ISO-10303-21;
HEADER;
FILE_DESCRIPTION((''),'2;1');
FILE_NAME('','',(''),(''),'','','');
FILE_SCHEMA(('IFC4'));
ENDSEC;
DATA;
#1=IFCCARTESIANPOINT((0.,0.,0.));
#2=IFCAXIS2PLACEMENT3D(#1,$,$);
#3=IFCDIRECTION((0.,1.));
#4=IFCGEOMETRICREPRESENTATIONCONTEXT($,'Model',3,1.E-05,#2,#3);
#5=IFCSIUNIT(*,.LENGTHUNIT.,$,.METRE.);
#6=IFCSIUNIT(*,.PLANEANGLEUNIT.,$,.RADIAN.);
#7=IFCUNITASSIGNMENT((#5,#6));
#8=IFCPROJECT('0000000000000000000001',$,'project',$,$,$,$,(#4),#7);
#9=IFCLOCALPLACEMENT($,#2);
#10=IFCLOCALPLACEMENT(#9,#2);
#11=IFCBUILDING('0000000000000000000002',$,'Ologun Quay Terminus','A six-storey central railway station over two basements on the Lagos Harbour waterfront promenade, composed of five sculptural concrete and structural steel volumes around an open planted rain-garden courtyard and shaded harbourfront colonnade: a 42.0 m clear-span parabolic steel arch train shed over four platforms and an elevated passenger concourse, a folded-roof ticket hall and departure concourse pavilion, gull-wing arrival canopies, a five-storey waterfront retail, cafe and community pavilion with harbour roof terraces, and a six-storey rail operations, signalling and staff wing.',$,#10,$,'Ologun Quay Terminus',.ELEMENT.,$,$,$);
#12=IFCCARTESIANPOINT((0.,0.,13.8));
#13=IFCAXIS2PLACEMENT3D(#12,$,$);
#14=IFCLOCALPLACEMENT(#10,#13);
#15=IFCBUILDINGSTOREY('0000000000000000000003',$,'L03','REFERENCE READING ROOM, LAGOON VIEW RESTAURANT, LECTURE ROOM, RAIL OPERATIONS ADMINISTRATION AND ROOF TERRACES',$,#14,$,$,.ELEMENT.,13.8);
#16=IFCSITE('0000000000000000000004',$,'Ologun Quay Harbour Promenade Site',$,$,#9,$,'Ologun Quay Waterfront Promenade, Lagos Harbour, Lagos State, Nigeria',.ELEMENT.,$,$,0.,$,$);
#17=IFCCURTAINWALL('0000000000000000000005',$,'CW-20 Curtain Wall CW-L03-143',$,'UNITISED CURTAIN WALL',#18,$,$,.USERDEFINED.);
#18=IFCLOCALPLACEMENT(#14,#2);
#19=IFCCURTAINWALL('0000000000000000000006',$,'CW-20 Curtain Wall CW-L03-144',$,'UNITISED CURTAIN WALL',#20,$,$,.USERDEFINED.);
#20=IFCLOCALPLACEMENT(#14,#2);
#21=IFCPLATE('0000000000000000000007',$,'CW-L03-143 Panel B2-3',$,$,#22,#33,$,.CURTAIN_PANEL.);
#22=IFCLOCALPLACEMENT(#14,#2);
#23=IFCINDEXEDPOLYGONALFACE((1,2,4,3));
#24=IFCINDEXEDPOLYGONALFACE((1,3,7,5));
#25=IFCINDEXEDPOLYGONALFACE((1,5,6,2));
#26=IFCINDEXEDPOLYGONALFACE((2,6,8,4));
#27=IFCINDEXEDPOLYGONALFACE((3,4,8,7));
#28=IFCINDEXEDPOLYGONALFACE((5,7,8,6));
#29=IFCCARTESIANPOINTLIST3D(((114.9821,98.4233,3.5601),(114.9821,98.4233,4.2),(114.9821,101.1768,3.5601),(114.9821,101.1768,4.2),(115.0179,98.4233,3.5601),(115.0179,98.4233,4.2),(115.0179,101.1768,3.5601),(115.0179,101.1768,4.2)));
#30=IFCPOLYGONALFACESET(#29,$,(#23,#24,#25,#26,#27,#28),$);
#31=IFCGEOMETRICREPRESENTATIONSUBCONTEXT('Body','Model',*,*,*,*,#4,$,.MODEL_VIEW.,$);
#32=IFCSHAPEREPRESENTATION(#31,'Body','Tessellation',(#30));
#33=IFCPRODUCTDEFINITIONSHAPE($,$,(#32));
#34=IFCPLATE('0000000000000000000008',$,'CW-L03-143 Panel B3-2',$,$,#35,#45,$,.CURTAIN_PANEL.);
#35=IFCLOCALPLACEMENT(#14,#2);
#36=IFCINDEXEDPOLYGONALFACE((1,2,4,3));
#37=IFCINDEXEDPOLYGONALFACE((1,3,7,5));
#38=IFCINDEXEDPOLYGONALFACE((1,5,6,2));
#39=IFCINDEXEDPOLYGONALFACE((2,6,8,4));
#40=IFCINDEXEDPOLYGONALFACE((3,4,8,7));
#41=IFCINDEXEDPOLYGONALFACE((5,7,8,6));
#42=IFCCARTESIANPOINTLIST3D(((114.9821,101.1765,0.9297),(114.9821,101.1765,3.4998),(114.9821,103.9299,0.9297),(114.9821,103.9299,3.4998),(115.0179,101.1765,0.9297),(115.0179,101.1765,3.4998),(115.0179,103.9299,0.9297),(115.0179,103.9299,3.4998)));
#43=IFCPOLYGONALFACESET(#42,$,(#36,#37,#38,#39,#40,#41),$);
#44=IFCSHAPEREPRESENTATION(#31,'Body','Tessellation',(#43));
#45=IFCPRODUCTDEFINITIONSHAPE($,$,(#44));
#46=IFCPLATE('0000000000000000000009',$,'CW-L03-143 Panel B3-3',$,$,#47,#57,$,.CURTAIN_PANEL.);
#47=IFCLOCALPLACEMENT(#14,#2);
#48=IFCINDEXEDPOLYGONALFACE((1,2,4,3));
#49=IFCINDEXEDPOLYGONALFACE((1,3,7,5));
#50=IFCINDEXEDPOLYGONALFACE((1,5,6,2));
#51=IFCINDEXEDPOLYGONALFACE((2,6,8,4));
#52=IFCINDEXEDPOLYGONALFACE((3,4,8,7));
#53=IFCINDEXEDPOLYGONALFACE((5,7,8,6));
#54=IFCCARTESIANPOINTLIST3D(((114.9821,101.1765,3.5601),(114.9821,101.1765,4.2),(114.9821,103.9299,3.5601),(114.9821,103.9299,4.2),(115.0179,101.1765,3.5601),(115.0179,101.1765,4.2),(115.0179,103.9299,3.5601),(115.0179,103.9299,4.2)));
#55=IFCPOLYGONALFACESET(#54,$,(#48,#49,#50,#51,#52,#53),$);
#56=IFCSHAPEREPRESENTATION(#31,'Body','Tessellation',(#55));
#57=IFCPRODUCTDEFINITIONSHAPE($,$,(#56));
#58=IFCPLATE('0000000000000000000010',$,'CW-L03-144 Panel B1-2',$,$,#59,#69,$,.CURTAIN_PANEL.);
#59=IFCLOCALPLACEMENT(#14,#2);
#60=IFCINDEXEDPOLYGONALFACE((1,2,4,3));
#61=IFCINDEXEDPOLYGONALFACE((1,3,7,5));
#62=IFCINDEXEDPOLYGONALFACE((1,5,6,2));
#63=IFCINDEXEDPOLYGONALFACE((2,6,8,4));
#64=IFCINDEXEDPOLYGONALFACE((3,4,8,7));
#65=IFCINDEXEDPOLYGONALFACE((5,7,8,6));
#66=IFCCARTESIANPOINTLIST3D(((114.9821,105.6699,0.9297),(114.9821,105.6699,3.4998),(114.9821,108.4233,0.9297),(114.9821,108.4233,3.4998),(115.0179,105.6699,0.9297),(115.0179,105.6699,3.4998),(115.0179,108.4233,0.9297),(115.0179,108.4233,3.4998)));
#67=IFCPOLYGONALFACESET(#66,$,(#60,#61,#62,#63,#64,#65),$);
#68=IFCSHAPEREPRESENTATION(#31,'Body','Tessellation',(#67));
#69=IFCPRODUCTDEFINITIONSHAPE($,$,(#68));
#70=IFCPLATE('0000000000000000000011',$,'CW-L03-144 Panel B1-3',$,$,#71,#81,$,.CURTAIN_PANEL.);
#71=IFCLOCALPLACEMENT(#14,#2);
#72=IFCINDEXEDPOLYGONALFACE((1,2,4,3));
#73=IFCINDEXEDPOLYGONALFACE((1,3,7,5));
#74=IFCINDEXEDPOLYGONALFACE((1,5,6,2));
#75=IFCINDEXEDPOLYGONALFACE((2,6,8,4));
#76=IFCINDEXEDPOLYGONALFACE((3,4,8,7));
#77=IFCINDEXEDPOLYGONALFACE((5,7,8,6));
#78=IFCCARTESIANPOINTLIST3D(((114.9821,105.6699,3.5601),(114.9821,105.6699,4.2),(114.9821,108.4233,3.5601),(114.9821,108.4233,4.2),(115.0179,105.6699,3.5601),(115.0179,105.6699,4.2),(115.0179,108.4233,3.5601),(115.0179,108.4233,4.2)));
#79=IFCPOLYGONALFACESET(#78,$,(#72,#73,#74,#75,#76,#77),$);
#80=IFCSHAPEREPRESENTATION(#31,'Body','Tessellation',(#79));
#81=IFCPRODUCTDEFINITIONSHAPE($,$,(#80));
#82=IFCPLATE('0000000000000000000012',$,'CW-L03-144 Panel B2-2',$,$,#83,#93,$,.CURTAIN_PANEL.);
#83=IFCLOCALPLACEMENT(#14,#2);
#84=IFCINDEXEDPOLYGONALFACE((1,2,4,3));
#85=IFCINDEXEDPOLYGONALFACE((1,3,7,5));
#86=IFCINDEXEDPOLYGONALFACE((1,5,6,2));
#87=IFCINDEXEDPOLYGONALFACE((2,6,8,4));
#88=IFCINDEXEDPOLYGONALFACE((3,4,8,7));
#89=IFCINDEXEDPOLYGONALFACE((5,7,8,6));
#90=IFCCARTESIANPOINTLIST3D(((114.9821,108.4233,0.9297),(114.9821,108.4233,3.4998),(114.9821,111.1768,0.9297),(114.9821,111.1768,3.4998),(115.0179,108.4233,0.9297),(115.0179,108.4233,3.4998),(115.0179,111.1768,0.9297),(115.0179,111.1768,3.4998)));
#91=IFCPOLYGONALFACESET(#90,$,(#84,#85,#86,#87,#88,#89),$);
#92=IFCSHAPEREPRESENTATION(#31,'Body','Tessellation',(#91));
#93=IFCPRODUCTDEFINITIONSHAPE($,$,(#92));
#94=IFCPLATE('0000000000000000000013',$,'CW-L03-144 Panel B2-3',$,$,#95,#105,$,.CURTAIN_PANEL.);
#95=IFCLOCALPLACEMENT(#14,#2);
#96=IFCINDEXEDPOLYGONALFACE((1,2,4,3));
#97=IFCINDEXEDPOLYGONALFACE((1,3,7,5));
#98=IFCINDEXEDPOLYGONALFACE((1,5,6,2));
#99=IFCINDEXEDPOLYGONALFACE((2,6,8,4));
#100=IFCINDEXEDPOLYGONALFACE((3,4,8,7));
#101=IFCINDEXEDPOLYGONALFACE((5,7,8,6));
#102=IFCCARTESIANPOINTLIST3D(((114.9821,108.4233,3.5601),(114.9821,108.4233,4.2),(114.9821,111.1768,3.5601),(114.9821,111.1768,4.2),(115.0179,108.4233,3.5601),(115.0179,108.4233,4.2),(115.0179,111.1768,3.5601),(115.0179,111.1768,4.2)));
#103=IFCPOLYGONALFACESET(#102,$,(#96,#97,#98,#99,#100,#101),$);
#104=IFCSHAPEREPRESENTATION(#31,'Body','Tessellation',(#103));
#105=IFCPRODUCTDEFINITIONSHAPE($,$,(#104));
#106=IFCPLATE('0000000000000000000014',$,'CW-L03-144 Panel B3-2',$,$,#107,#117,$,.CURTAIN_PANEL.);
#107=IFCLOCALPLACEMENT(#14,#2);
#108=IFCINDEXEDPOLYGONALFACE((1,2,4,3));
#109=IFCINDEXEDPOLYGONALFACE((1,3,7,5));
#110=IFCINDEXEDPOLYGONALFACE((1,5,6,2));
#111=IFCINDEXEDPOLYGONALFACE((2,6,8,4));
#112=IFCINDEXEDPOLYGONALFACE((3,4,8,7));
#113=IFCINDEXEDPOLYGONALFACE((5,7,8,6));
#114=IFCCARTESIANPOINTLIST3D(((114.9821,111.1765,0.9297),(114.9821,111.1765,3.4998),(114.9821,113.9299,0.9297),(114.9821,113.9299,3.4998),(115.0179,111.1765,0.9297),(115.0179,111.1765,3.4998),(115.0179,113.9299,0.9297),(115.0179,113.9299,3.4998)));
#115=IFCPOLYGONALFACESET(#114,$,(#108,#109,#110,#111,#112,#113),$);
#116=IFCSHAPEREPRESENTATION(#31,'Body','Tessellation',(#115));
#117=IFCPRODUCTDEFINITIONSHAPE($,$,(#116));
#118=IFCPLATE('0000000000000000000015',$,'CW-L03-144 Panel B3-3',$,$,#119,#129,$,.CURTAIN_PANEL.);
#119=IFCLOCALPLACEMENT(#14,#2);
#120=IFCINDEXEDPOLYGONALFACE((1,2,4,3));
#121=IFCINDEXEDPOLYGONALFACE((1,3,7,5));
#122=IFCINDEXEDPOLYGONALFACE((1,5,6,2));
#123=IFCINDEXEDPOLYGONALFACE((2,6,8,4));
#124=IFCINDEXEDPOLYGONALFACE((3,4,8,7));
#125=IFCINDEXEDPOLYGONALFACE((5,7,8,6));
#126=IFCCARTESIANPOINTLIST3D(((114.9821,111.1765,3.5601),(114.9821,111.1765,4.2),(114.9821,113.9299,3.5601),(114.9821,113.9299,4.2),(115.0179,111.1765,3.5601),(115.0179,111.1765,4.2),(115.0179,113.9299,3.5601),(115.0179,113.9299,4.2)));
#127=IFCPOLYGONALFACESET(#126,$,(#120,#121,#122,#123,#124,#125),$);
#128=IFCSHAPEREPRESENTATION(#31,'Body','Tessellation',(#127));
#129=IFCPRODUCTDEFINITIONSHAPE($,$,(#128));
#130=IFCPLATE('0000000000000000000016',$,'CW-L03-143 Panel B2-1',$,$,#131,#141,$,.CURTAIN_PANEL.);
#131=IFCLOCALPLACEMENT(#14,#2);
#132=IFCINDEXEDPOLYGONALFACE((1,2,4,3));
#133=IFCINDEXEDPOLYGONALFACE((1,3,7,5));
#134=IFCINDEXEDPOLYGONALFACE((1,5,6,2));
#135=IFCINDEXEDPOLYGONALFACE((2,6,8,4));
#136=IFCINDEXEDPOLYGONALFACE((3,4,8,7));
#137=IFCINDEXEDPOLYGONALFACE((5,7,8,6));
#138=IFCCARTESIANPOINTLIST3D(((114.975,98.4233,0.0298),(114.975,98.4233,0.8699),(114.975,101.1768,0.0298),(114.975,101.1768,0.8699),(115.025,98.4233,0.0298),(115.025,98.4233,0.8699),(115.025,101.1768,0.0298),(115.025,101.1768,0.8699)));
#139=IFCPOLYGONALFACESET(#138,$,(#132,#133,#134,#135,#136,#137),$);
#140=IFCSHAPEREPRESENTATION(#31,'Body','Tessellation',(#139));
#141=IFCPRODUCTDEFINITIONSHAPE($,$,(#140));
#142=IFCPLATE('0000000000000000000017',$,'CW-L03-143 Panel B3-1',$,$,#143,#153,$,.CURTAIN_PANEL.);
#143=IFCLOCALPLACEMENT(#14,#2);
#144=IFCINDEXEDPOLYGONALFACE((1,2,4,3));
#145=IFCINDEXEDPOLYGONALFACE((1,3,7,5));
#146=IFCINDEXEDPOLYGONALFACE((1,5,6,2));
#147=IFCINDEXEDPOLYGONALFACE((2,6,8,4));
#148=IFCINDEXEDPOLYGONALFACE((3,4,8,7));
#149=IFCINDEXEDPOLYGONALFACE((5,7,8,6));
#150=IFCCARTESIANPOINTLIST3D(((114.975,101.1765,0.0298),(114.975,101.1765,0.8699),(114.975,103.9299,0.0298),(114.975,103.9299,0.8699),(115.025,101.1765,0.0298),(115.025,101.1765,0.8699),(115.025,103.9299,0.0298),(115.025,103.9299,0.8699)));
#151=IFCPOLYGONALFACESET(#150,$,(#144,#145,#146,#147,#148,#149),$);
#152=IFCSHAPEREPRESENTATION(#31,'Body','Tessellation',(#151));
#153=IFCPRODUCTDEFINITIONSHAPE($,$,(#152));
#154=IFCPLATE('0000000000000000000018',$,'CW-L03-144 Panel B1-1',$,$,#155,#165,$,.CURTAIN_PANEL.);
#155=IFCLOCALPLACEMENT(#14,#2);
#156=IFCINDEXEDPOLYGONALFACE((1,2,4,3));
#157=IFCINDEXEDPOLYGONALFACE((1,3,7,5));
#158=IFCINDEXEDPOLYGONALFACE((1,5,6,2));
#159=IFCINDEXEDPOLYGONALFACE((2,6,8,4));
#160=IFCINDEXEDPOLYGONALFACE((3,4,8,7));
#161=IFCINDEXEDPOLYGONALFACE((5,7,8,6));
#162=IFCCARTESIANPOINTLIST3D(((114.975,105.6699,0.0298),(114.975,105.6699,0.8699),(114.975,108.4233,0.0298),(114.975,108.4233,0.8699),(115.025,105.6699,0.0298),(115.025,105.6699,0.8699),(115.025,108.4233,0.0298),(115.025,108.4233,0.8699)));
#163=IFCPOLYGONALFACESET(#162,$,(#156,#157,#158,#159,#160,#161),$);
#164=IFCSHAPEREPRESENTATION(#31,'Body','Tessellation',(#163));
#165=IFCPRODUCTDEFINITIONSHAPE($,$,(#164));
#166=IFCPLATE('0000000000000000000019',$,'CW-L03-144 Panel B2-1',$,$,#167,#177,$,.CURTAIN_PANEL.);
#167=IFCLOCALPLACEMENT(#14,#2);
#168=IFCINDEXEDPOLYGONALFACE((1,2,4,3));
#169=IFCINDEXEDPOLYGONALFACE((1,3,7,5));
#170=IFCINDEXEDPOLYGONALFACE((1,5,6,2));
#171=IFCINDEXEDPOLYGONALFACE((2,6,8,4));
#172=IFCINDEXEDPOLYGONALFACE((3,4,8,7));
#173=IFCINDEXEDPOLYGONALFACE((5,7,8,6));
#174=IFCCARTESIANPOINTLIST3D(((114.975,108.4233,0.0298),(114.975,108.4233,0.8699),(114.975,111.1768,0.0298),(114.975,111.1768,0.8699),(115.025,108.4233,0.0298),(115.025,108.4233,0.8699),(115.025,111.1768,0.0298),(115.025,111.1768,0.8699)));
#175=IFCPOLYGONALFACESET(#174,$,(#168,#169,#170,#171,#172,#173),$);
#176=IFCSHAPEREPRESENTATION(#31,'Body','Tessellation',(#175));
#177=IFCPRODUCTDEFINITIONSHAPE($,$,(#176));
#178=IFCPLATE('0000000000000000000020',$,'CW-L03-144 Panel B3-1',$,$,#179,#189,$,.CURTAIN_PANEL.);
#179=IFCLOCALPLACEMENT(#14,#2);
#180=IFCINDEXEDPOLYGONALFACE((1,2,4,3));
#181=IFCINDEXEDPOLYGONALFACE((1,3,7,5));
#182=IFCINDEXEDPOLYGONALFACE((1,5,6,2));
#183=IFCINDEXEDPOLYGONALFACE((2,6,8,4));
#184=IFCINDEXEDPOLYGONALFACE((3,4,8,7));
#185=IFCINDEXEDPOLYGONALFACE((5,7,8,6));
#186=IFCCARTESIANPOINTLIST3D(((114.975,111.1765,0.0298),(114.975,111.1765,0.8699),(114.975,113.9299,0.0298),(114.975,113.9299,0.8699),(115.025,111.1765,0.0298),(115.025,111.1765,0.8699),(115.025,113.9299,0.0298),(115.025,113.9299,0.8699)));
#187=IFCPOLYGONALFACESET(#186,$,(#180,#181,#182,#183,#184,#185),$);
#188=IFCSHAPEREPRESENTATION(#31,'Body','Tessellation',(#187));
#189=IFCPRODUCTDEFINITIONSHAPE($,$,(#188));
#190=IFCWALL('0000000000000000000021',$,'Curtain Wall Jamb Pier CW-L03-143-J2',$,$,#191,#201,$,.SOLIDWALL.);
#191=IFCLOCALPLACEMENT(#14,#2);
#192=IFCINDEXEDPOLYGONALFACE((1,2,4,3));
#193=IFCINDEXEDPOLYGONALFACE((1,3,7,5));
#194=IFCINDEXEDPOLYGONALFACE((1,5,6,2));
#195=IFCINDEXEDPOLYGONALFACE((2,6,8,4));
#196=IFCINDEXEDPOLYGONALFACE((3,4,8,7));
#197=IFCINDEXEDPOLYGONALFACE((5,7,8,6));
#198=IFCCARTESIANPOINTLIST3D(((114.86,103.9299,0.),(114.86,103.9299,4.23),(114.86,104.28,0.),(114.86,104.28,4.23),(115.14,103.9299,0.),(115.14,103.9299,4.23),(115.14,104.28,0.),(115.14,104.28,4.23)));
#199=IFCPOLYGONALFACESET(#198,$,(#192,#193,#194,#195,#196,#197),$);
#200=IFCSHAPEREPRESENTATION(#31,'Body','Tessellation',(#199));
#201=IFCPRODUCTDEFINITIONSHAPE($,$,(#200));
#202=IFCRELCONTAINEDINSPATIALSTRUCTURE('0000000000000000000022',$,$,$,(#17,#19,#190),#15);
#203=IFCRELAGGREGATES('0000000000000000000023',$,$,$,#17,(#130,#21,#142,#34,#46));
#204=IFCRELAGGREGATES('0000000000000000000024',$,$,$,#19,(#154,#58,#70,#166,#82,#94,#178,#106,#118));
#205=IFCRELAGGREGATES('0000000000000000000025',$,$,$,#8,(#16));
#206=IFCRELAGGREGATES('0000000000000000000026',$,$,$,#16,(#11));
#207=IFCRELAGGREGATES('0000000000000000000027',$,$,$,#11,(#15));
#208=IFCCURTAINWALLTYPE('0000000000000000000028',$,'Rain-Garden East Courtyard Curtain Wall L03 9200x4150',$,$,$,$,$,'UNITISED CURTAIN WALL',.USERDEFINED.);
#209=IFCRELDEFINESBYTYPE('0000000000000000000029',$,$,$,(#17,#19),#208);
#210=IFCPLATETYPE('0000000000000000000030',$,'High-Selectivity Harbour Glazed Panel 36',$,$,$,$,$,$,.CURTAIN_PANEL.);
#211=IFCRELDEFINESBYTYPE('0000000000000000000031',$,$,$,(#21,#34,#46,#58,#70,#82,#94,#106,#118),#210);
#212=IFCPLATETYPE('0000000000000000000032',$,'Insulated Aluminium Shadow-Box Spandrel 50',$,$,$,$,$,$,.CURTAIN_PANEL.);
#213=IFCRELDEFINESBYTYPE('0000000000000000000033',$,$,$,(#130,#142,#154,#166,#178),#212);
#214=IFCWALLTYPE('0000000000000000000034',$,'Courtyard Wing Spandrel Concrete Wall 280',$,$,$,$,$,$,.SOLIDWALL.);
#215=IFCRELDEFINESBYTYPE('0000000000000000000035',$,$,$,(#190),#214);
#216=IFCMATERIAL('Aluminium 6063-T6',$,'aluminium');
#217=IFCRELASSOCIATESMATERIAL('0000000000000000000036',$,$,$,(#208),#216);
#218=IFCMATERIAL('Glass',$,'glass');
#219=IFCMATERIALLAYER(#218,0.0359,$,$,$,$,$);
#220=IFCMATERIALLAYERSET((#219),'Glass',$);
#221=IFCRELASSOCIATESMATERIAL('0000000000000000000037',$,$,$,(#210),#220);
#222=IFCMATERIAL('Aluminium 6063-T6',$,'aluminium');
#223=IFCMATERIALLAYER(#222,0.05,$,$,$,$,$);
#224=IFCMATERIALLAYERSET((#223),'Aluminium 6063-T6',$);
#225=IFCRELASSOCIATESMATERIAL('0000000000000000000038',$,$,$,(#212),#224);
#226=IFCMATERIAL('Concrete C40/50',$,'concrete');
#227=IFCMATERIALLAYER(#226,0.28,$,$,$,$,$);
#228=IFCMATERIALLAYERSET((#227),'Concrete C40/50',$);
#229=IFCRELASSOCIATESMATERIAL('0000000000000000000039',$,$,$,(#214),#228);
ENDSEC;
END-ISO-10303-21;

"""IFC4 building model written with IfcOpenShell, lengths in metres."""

from ifc_helpers import new_model, si_unit, direction, frame, frame_2d, origin, origin_2d, place, context, subcontext, project, spatial, rectangle, extrude, material, layer, layer_set, type_object, element, aggregate, save


model = new_model("IFC4")

# Units and contexts
model_context = context("Model", 3, precision=1e-05, world=origin(), true_north=direction((0.0, 1.0)))
body_context = subcontext(model_context, "Body", "Model", "MODEL_VIEW")
ifc_project = project(units=[si_unit("LENGTHUNIT", "METRE"), si_unit("PLANEANGLEUNIT", "RADIAN")], contexts=[model_context])

# Site, building, storey
site_placement = place(None, origin())
site = spatial("IfcSite", under=ifc_project, at=site_placement, Name="Ologun Quay Harbour Promenade Site", LongName="Ologun Quay Waterfront Promenade, Lagos Harbour, Lagos State, Nigeria", CompositionType="ELEMENT", RefElevation=0.0)
building_placement = place(site_placement, origin())
building = spatial("IfcBuilding", under=site, at=building_placement, Name="Ologun Quay Terminus", Description="A six-storey central railway station over two basements on the Lagos Harbour waterfront promenade, composed of five sculptural concrete and structural steel volumes around an open planted rain-garden courtyard and shaded harbourfront colonnade: a 42.0 m clear-span parabolic steel arch train shed over four platforms and an elevated passenger concourse, a folded-roof ticket hall and departure concourse pavilion, gull-wing arrival canopies, a five-storey waterfront retail, cafe and community pavilion with harbour roof terraces, and a six-storey rail operations, signalling and staff wing.", LongName="Ologun Quay Terminus", CompositionType="ELEMENT")
storey_placement = place(building_placement, frame((0.0, 0.0, 13.8)))
storey = spatial("IfcBuildingStorey", under=building, at=storey_placement, Name="L03", Description="REFERENCE READING ROOM, LAGOON VIEW RESTAURANT, LECTURE ROOM, RAIL OPERATIONS ADMINISTRATION AND ROOF TERRACES", CompositionType="ELEMENT", Elevation=13.8)

# Curtain walls
ifc_material_1 = material(Name="Aluminium 6063-T6", Category="aluminium")
curtain_wall_type = type_object("IfcCurtainWallType", Name="Rain-Garden East Courtyard Curtain Wall L03 9200x4150", ElementType="UNITISED CURTAIN WALL", PredefinedType="USERDEFINED", material=ifc_material_1)
curtain_wall_1_placement = place(storey_placement, origin())
curtain_wall_1 = element("IfcCurtainWall", 1, at=curtain_wall_1_placement, inside=storey, type_object=curtain_wall_type, Name="CW-20 Curtain Wall CW-L03-143", ObjectType="UNITISED CURTAIN WALL", PredefinedType="USERDEFINED")
curtain_wall_2_placement = place(storey_placement, origin())
curtain_wall_2 = element("IfcCurtainWall", 2, at=curtain_wall_2_placement, inside=storey, type_object=curtain_wall_type, Name="CW-20 Curtain Wall CW-L03-144", ObjectType="UNITISED CURTAIN WALL", PredefinedType="USERDEFINED")

# Plates
ifc_material_2 = material(Name="Glass", Category="glass")
ifc_layer_1 = layer(ifc_material_2, 0.0359)
ifc_layer_set_1 = layer_set([ifc_layer_1], Name="Glass")
plate_type_1 = type_object("IfcPlateType", Name="High-Selectivity Harbour Glazed Panel 36", PredefinedType="CURTAIN_PANEL", material=ifc_layer_set_1)
plate_1_placement = place(storey_placement, frame((115.0, 99.8, 3.5601), z_axis=(0.0, 0.0, 1.0), x_axis=(0.0, 1.0, 0.0)))
plate_1 = element("IfcPlate", 3, at=plate_1_placement, type_object=plate_type_1, Name="CW-L03-143 Panel B2-3", PredefinedType="CURTAIN_PANEL", context=body_context, shape_type="SweptSolid", body=[
    extrude(rectangle(XDim=2.7534, YDim=0.0359, at=origin_2d()), origin(), (0.0, 0.0, 1.0), 0.6399),
])
plate_2_placement = place(storey_placement, frame((115.0, 102.5532, 0.9297), z_axis=(0.0, 0.0, 1.0), x_axis=(0.0, 1.0, 0.0)))
plate_2 = element("IfcPlate", 4, at=plate_2_placement, type_object=plate_type_1, Name="CW-L03-143 Panel B3-2", PredefinedType="CURTAIN_PANEL", context=body_context, shape_type="SweptSolid", body=[
    extrude(rectangle(XDim=2.7534, YDim=0.0359, at=origin_2d()), origin(), (0.0, 0.0, 1.0), 2.5701),
])
plate_3_placement = place(storey_placement, frame((115.0, 102.5532, 3.5601), z_axis=(0.0, 0.0, 1.0), x_axis=(0.0, 1.0, 0.0)))
plate_3 = element("IfcPlate", 5, at=plate_3_placement, type_object=plate_type_1, Name="CW-L03-143 Panel B3-3", PredefinedType="CURTAIN_PANEL", context=body_context, shape_type="SweptSolid", body=[
    extrude(rectangle(XDim=2.7534, YDim=0.0359, at=origin_2d()), origin(), (0.0, 0.0, 1.0), 0.6399),
])
plate_4_placement = place(storey_placement, frame((115.0, 107.0466, 0.9297), z_axis=(0.0, 0.0, 1.0), x_axis=(0.0, 1.0, 0.0)))
plate_4 = element("IfcPlate", 6, at=plate_4_placement, type_object=plate_type_1, Name="CW-L03-144 Panel B1-2", PredefinedType="CURTAIN_PANEL", context=body_context, shape_type="SweptSolid", body=[
    extrude(rectangle(XDim=2.7534, YDim=0.0359, at=origin_2d()), origin(), (0.0, 0.0, 1.0), 2.5701),
])
plate_5_placement = place(storey_placement, frame((115.0, 107.0466, 3.5601), z_axis=(0.0, 0.0, 1.0), x_axis=(0.0, 1.0, 0.0)))
plate_5 = element("IfcPlate", 7, at=plate_5_placement, type_object=plate_type_1, Name="CW-L03-144 Panel B1-3", PredefinedType="CURTAIN_PANEL", context=body_context, shape_type="SweptSolid", body=[
    extrude(rectangle(XDim=2.7534, YDim=0.0359, at=origin_2d()), origin(), (0.0, 0.0, 1.0), 0.6399),
])
plate_6_placement = place(storey_placement, frame((115.0, 109.8, 0.9297), z_axis=(0.0, 0.0, 1.0), x_axis=(0.0, 1.0, 0.0)))
plate_6 = element("IfcPlate", 8, at=plate_6_placement, type_object=plate_type_1, Name="CW-L03-144 Panel B2-2", PredefinedType="CURTAIN_PANEL", context=body_context, shape_type="SweptSolid", body=[
    extrude(rectangle(XDim=2.7534, YDim=0.0359, at=origin_2d()), origin(), (0.0, 0.0, 1.0), 2.5701),
])
plate_7_placement = place(storey_placement, frame((115.0, 109.8, 3.5601), z_axis=(0.0, 0.0, 1.0), x_axis=(0.0, 1.0, 0.0)))
plate_7 = element("IfcPlate", 9, at=plate_7_placement, type_object=plate_type_1, Name="CW-L03-144 Panel B2-3", PredefinedType="CURTAIN_PANEL", context=body_context, shape_type="SweptSolid", body=[
    extrude(rectangle(XDim=2.7534, YDim=0.0359, at=origin_2d()), origin(), (0.0, 0.0, 1.0), 0.6399),
])
plate_8_placement = place(storey_placement, frame((115.0, 112.5532, 0.9297), z_axis=(0.0, 0.0, 1.0), x_axis=(0.0, 1.0, 0.0)))
plate_8 = element("IfcPlate", 10, at=plate_8_placement, type_object=plate_type_1, Name="CW-L03-144 Panel B3-2", PredefinedType="CURTAIN_PANEL", context=body_context, shape_type="SweptSolid", body=[
    extrude(rectangle(XDim=2.7534, YDim=0.0359, at=origin_2d()), origin(), (0.0, 0.0, 1.0), 2.5701),
])
plate_9_placement = place(storey_placement, frame((115.0, 112.5532, 3.5601), z_axis=(0.0, 0.0, 1.0), x_axis=(0.0, 1.0, 0.0)))
plate_9 = element("IfcPlate", 11, at=plate_9_placement, type_object=plate_type_1, Name="CW-L03-144 Panel B3-3", PredefinedType="CURTAIN_PANEL", context=body_context, shape_type="SweptSolid", body=[
    extrude(rectangle(XDim=2.7534, YDim=0.0359, at=origin_2d()), origin(), (0.0, 0.0, 1.0), 0.6399),
])
ifc_material_3 = material(Name="Aluminium 6063-T6", Category="aluminium")
ifc_layer_2 = layer(ifc_material_3, 0.05)
ifc_layer_set_2 = layer_set([ifc_layer_2], Name="Aluminium 6063-T6")
plate_type_2 = type_object("IfcPlateType", Name="Insulated Aluminium Shadow-Box Spandrel 50", PredefinedType="CURTAIN_PANEL", material=ifc_layer_set_2)
plate_10_placement = place(storey_placement, frame((115.0, 99.8, 0.0298), z_axis=(0.0, 0.0, 1.0), x_axis=(0.0, 1.0, 0.0)))
plate_10 = element("IfcPlate", 12, at=plate_10_placement, type_object=plate_type_2, Name="CW-L03-143 Panel B2-1", PredefinedType="CURTAIN_PANEL", context=body_context, shape_type="SweptSolid", body=[
    extrude(rectangle(XDim=2.7534, YDim=0.05, at=origin_2d()), origin(), (0.0, 0.0, 1.0), 0.8401),
])
plate_11_placement = place(storey_placement, frame((115.0, 102.5532, 0.0298), z_axis=(0.0, 0.0, 1.0), x_axis=(0.0, 1.0, 0.0)))
plate_11 = element("IfcPlate", 13, at=plate_11_placement, type_object=plate_type_2, Name="CW-L03-143 Panel B3-1", PredefinedType="CURTAIN_PANEL", context=body_context, shape_type="SweptSolid", body=[
    extrude(rectangle(XDim=2.7534, YDim=0.05, at=origin_2d()), origin(), (0.0, 0.0, 1.0), 0.8401),
])
aggregate(curtain_wall_1, [plate_10, plate_1, plate_11, plate_2, plate_3])
plate_12_placement = place(storey_placement, frame((115.0, 107.0466, 0.0298), z_axis=(0.0, 0.0, 1.0), x_axis=(0.0, 1.0, 0.0)))
plate_12 = element("IfcPlate", 14, at=plate_12_placement, type_object=plate_type_2, Name="CW-L03-144 Panel B1-1", PredefinedType="CURTAIN_PANEL", context=body_context, shape_type="SweptSolid", body=[
    extrude(rectangle(XDim=2.7534, YDim=0.05, at=origin_2d()), origin(), (0.0, 0.0, 1.0), 0.8401),
])
plate_13_placement = place(storey_placement, frame((115.0, 109.8, 0.0298), z_axis=(0.0, 0.0, 1.0), x_axis=(0.0, 1.0, 0.0)))
plate_13 = element("IfcPlate", 15, at=plate_13_placement, type_object=plate_type_2, Name="CW-L03-144 Panel B2-1", PredefinedType="CURTAIN_PANEL", context=body_context, shape_type="SweptSolid", body=[
    extrude(rectangle(XDim=2.7534, YDim=0.05, at=origin_2d()), origin(), (0.0, 0.0, 1.0), 0.8401),
])
plate_14_placement = place(storey_placement, frame((115.0, 112.5532, 0.0298), z_axis=(0.0, 0.0, 1.0), x_axis=(0.0, 1.0, 0.0)))
plate_14 = element("IfcPlate", 16, at=plate_14_placement, type_object=plate_type_2, Name="CW-L03-144 Panel B3-1", PredefinedType="CURTAIN_PANEL", context=body_context, shape_type="SweptSolid", body=[
    extrude(rectangle(XDim=2.7534, YDim=0.05, at=origin_2d()), origin(), (0.0, 0.0, 1.0), 0.8401),
])
aggregate(curtain_wall_2, [plate_12, plate_4, plate_5, plate_13, plate_6, plate_7, plate_14, plate_8, plate_9])

# Wall
ifc_material_4 = material(Name="Concrete C40/50", Category="concrete")
ifc_layer_3 = layer(ifc_material_4, 0.28)
ifc_layer_set_3 = layer_set([ifc_layer_3], Name="Concrete C40/50")
wall_type = type_object("IfcWallType", Name="Courtyard Wing Spandrel Concrete Wall 280", PredefinedType="SOLIDWALL", material=ifc_layer_set_3)
wall_1_placement = place(storey_placement, frame((115.0, 103.9299, 0.0), z_axis=(0.0, 0.0, 1.0), x_axis=(0.0, 1.0, 0.0)))
element("IfcWall", 17, at=wall_1_placement, inside=storey, type_object=wall_type, Name="Curtain Wall Jamb Pier CW-L03-143-J2", PredefinedType="SOLIDWALL", context=body_context, shape_type="SweptSolid", body=[
    extrude(rectangle(XDim=0.3501, YDim=0.28, at=frame_2d((0.175, 0.0))), origin(), (0.0, 0.0, 1.0), 4.23),
])

save(model, "model.ifc")
